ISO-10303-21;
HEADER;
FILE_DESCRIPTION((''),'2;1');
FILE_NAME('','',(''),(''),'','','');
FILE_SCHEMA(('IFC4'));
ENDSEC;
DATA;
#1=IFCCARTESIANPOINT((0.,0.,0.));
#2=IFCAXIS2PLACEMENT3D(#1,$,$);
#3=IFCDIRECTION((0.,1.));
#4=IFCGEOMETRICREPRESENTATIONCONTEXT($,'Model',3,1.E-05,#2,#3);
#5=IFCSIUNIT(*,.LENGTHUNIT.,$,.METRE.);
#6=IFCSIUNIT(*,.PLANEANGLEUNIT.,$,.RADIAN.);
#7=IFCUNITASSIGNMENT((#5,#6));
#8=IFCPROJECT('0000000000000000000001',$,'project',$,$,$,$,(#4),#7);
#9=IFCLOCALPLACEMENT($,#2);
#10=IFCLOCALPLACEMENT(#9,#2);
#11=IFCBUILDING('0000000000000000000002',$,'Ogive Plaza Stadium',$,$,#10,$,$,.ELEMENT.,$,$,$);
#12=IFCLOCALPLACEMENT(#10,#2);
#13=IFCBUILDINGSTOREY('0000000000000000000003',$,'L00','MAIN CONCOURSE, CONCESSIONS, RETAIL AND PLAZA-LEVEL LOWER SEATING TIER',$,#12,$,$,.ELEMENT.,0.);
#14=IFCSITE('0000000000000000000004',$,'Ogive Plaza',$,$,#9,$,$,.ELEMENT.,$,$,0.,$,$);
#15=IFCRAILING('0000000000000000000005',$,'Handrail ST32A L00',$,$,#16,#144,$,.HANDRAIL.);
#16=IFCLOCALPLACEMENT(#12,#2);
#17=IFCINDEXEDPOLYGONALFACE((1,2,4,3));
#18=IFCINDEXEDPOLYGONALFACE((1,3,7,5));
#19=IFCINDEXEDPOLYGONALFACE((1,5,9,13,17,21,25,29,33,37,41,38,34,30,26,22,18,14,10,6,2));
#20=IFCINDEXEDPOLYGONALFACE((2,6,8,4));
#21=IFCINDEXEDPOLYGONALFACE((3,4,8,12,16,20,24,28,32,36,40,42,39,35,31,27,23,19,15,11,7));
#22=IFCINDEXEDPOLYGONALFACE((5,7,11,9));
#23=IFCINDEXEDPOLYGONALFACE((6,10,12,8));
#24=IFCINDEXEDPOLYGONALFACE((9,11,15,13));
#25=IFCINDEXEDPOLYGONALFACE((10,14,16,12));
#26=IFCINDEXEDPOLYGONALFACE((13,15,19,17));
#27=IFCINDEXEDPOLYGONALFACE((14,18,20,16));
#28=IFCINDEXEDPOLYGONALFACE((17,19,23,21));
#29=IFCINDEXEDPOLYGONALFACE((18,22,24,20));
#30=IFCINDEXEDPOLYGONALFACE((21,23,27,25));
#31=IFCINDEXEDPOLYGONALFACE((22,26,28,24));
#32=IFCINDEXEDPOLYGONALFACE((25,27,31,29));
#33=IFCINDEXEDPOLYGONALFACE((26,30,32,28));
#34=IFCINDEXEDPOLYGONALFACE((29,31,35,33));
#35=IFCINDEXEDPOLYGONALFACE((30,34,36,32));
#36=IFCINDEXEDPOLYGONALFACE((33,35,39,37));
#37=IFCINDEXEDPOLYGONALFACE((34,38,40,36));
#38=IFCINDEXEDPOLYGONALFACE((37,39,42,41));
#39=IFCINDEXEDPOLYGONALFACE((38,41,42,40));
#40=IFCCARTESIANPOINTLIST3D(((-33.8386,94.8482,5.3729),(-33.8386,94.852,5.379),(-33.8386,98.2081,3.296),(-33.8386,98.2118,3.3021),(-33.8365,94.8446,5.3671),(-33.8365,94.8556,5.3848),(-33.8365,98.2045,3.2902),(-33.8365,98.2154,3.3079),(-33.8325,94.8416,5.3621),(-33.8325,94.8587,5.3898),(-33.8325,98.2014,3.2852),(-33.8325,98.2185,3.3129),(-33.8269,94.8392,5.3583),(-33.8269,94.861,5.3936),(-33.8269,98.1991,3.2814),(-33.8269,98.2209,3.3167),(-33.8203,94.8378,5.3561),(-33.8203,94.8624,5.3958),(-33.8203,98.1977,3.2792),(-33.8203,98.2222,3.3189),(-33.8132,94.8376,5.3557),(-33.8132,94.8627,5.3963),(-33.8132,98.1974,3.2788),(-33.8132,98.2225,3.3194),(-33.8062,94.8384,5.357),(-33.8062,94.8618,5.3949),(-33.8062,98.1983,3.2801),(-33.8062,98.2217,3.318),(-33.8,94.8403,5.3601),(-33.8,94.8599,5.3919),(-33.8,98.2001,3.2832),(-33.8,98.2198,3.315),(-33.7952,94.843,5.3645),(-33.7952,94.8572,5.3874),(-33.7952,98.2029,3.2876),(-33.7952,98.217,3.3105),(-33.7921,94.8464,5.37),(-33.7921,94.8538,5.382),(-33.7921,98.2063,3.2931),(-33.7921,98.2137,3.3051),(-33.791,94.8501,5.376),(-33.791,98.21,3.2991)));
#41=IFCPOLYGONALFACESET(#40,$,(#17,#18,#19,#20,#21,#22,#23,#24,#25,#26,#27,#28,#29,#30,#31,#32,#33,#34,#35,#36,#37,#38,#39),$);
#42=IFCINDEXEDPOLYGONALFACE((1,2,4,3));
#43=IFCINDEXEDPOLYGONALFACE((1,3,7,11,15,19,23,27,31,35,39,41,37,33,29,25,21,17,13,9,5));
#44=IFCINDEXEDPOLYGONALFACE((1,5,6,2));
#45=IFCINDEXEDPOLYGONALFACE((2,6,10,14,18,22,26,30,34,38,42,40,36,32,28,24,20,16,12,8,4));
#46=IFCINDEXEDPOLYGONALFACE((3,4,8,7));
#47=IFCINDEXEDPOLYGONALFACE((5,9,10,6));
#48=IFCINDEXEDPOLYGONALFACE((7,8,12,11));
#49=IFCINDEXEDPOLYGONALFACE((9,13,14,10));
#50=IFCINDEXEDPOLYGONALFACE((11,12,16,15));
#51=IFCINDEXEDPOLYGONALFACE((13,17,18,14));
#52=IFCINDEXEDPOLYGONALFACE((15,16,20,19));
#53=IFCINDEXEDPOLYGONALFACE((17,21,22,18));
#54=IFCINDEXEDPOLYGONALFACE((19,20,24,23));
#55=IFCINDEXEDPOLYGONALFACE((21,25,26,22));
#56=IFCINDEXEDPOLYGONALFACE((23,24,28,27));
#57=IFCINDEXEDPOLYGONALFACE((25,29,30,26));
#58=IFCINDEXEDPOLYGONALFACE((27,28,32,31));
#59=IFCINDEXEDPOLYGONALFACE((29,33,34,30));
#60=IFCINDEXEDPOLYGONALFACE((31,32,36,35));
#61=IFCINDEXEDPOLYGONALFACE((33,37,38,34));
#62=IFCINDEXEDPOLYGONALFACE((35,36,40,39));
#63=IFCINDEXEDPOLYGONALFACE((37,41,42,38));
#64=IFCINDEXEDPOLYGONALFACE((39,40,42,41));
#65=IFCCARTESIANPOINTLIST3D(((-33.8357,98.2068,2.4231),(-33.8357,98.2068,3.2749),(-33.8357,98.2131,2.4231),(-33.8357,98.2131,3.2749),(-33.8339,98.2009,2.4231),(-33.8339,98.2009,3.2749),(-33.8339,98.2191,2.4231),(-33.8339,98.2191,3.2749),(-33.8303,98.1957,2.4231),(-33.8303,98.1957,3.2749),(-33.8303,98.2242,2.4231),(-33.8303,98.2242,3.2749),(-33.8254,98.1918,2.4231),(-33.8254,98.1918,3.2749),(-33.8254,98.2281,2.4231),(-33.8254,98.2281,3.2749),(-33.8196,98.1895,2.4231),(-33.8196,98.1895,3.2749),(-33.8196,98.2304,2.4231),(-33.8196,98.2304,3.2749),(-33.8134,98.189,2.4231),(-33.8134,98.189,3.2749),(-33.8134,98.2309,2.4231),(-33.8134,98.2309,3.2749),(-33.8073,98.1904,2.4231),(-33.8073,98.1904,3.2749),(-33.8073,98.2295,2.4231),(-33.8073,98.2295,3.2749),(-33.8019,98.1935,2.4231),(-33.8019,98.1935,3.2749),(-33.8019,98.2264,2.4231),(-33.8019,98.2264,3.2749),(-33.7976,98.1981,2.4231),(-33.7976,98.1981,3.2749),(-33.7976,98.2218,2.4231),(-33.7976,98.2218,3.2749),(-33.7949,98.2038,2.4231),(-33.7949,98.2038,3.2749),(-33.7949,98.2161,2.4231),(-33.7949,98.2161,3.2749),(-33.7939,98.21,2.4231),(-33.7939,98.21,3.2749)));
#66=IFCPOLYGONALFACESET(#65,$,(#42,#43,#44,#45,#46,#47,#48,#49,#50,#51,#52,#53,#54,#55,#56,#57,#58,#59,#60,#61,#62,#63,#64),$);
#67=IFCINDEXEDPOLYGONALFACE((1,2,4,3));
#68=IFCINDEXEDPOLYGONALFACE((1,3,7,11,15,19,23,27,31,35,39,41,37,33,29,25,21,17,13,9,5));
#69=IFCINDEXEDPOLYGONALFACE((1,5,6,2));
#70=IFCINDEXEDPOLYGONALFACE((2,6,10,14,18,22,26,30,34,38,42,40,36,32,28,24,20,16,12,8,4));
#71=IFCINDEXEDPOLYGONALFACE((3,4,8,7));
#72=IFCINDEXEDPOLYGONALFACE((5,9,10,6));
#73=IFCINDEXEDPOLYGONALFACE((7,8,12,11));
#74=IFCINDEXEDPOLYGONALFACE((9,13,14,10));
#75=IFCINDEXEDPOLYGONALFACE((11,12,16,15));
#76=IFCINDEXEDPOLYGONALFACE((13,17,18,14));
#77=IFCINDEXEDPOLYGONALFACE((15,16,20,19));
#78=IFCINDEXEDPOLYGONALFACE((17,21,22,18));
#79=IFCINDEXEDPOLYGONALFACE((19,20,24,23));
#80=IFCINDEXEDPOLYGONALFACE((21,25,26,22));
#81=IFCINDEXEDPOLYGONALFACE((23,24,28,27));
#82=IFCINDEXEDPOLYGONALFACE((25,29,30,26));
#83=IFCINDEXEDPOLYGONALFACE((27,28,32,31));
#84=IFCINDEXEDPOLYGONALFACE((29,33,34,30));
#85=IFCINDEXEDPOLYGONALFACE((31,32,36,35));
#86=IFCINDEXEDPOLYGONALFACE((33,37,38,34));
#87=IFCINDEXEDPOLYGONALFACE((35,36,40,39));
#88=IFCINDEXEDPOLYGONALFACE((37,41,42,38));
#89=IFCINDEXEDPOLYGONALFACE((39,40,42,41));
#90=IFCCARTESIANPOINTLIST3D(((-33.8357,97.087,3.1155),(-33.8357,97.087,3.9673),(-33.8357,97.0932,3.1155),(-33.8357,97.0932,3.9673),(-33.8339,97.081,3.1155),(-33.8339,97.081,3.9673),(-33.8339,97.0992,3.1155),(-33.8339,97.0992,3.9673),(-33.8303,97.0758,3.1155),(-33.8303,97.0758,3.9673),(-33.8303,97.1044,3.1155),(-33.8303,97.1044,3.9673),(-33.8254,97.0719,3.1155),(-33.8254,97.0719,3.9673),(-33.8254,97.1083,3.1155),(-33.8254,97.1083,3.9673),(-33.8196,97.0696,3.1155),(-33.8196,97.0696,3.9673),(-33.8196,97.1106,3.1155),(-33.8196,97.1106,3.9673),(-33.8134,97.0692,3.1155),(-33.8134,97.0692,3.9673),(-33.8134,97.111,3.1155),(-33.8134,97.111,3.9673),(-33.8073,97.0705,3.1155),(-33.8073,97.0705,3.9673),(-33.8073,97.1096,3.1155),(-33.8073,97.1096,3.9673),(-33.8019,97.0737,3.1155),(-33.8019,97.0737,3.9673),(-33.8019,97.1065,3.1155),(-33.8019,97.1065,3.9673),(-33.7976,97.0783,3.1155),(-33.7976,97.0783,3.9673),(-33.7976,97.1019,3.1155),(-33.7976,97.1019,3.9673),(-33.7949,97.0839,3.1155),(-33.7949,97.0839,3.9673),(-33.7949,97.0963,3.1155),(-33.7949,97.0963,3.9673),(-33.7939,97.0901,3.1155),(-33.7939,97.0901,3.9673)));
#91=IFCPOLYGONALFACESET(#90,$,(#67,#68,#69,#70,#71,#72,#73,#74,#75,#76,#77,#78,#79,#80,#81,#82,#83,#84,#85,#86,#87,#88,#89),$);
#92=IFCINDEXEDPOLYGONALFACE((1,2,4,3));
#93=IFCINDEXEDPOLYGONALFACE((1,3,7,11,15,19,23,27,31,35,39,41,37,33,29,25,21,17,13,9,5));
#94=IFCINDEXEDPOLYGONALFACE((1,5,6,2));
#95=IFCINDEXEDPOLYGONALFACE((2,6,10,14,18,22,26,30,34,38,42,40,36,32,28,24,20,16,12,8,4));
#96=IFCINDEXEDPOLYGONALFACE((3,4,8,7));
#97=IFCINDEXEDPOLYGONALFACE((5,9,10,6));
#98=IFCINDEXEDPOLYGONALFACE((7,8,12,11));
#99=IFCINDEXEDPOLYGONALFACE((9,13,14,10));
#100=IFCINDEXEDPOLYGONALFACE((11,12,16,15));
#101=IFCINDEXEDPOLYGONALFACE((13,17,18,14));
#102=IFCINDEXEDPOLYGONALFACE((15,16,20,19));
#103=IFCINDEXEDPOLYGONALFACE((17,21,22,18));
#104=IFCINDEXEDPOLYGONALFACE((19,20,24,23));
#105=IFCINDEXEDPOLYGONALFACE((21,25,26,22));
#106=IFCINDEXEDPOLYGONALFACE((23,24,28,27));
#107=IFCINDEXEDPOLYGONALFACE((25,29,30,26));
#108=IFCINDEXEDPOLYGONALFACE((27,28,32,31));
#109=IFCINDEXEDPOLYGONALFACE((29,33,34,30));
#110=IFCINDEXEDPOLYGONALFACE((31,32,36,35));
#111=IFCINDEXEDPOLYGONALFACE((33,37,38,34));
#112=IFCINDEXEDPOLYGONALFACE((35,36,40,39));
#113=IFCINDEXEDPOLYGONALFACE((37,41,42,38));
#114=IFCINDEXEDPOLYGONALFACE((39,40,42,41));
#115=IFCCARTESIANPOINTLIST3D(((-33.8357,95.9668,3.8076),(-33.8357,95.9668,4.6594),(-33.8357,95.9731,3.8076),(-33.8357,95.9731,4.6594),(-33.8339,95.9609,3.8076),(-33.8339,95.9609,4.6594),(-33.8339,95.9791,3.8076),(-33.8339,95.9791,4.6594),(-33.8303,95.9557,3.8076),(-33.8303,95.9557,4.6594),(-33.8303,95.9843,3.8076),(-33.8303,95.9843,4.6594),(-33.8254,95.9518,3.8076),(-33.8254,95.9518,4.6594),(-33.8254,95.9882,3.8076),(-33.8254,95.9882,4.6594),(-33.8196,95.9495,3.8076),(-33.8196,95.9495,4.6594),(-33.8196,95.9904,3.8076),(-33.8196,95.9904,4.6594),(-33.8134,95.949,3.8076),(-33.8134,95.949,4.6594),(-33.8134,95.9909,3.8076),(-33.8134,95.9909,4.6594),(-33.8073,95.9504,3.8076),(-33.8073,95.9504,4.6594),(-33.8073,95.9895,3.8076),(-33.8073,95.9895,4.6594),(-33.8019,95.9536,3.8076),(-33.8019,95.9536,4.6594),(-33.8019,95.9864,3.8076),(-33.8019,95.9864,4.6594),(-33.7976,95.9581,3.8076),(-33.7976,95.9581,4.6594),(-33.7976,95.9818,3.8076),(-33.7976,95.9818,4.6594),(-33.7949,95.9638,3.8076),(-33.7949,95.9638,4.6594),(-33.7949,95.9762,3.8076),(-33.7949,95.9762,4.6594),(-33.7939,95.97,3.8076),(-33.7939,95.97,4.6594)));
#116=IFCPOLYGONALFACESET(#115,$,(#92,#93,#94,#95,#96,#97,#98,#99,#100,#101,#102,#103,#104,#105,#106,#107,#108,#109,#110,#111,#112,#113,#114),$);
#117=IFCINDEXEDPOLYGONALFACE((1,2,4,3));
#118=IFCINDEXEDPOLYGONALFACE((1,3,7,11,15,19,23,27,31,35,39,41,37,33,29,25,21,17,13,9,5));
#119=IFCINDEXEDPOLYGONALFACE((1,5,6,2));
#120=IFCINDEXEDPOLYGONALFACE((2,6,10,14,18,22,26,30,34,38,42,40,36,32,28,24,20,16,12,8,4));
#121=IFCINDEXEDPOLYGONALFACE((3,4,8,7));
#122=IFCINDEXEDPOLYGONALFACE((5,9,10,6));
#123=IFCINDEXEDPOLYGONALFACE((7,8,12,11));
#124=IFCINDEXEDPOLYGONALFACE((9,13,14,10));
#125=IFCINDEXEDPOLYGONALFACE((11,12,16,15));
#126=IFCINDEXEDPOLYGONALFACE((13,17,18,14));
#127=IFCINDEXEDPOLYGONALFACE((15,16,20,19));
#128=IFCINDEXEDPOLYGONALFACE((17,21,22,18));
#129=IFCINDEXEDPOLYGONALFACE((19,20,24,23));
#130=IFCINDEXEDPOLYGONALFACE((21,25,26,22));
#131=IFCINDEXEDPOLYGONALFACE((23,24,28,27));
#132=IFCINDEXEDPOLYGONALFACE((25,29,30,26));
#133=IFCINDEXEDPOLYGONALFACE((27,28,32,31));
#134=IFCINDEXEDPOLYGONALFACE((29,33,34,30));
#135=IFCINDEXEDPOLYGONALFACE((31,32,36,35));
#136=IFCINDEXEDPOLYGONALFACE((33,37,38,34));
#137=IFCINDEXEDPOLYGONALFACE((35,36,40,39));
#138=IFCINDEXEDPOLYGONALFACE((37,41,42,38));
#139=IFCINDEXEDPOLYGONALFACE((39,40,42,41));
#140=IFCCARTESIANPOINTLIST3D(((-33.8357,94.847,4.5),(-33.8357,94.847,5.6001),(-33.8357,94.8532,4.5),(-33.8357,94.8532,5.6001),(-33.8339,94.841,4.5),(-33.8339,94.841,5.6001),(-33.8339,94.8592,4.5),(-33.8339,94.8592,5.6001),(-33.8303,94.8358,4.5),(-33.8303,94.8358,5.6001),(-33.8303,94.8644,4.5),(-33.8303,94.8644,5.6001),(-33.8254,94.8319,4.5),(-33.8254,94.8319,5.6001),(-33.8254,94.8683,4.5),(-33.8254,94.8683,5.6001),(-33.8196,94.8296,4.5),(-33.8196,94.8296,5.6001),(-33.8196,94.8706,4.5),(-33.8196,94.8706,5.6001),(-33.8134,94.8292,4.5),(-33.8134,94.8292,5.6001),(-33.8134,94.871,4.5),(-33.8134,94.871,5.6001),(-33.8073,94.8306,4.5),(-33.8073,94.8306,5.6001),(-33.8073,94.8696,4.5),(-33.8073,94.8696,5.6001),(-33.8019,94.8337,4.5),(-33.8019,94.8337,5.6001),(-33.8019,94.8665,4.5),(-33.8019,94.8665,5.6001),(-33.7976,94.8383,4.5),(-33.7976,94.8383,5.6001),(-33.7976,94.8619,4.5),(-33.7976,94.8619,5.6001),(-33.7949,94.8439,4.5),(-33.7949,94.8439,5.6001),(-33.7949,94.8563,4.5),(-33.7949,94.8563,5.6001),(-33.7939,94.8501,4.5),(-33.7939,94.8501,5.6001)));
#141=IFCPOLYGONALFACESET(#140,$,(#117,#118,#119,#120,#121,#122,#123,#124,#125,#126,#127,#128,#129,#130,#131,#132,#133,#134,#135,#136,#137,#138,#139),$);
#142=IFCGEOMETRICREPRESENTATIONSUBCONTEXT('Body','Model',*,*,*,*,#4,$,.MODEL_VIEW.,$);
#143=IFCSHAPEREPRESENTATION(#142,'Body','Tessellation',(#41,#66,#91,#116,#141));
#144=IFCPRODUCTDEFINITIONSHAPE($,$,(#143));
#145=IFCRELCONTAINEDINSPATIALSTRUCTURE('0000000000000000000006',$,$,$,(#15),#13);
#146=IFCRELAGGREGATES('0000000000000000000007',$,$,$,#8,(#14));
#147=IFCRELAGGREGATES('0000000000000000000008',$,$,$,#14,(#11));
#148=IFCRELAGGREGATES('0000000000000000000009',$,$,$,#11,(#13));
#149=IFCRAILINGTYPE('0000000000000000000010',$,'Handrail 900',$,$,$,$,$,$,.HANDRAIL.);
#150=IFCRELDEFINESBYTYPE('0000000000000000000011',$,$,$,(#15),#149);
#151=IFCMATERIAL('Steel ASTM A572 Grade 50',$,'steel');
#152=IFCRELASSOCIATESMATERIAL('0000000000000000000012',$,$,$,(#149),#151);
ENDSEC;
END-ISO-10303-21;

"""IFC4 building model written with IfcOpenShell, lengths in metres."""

from ifc_helpers import new_model, si_unit, direction, frame, origin, origin_2d, place, context, subcontext, project, spatial, circle, extrude, material, type_object, element, save


model = new_model("IFC4")

# Units and contexts
model_context = context("Model", 3, precision=1e-05, world=origin(), true_north=direction((0.0, 1.0)))
body_context = subcontext(model_context, "Body", "Model", "MODEL_VIEW")
ifc_project = project(units=[si_unit("LENGTHUNIT", "METRE"), si_unit("PLANEANGLEUNIT", "RADIAN")], contexts=[model_context])

# Site, building, storey
site_placement = place(None, origin())
site = spatial("IfcSite", under=ifc_project, at=site_placement, Name="Ogive Plaza", CompositionType="ELEMENT", RefElevation=0.0)
building_placement = place(site_placement, origin())
building = spatial("IfcBuilding", under=site, at=building_placement, Name="Ogive Plaza Stadium", CompositionType="ELEMENT")
storey_placement = place(building_placement, origin())
storey = spatial("IfcBuildingStorey", under=building, at=storey_placement, Name="L00", Description="MAIN CONCOURSE, CONCESSIONS, RETAIL AND PLAZA-LEVEL LOWER SEATING TIER", CompositionType="ELEMENT", Elevation=0.0)

# Railing
ifc_material_1 = material(Name="Steel ASTM A572 Grade 50", Category="steel")
railing_type_1 = type_object("IfcRailingType", Name="Handrail 900", PredefinedType="HANDRAIL", material=ifc_material_1)
railing_placement = place(storey_placement, frame((-33.8149, 98.21, 2.4231)))
element("IfcRailing", 1, at=railing_placement, inside=storey, type_object=railing_type_1, Name="Handrail ST32A L00", PredefinedType="HANDRAIL", context=body_context, shape_type="SweptSolid", body=[
    extrude(circle(Radius=0.0239, at=origin_2d()), frame((0.0, 0.0, 0.876), z_axis=(0.0, -0.850606, 0.525803), x_axis=(1.0, 0.0, 0.0)), (0.0, 0.0, 1.0), 3.95),
    extrude(circle(Radius=0.021, at=origin_2d()), origin(), (0.0, 0.0, 1.0), 0.8518),
    extrude(circle(Radius=0.021, at=origin_2d()), frame((0.0, -1.1199, 0.6924)), (0.0, 0.0, 1.0), 0.8518),
    extrude(circle(Radius=0.021, at=origin_2d()), frame((0.0, -2.24, 1.3845)), (0.0, 0.0, 1.0), 0.8518),
    extrude(circle(Radius=0.021, at=origin_2d()), frame((0.0, -3.3599, 2.0769)), (0.0, 0.0, 1.0), 1.1001),
])

save(model, "model.ifc")
